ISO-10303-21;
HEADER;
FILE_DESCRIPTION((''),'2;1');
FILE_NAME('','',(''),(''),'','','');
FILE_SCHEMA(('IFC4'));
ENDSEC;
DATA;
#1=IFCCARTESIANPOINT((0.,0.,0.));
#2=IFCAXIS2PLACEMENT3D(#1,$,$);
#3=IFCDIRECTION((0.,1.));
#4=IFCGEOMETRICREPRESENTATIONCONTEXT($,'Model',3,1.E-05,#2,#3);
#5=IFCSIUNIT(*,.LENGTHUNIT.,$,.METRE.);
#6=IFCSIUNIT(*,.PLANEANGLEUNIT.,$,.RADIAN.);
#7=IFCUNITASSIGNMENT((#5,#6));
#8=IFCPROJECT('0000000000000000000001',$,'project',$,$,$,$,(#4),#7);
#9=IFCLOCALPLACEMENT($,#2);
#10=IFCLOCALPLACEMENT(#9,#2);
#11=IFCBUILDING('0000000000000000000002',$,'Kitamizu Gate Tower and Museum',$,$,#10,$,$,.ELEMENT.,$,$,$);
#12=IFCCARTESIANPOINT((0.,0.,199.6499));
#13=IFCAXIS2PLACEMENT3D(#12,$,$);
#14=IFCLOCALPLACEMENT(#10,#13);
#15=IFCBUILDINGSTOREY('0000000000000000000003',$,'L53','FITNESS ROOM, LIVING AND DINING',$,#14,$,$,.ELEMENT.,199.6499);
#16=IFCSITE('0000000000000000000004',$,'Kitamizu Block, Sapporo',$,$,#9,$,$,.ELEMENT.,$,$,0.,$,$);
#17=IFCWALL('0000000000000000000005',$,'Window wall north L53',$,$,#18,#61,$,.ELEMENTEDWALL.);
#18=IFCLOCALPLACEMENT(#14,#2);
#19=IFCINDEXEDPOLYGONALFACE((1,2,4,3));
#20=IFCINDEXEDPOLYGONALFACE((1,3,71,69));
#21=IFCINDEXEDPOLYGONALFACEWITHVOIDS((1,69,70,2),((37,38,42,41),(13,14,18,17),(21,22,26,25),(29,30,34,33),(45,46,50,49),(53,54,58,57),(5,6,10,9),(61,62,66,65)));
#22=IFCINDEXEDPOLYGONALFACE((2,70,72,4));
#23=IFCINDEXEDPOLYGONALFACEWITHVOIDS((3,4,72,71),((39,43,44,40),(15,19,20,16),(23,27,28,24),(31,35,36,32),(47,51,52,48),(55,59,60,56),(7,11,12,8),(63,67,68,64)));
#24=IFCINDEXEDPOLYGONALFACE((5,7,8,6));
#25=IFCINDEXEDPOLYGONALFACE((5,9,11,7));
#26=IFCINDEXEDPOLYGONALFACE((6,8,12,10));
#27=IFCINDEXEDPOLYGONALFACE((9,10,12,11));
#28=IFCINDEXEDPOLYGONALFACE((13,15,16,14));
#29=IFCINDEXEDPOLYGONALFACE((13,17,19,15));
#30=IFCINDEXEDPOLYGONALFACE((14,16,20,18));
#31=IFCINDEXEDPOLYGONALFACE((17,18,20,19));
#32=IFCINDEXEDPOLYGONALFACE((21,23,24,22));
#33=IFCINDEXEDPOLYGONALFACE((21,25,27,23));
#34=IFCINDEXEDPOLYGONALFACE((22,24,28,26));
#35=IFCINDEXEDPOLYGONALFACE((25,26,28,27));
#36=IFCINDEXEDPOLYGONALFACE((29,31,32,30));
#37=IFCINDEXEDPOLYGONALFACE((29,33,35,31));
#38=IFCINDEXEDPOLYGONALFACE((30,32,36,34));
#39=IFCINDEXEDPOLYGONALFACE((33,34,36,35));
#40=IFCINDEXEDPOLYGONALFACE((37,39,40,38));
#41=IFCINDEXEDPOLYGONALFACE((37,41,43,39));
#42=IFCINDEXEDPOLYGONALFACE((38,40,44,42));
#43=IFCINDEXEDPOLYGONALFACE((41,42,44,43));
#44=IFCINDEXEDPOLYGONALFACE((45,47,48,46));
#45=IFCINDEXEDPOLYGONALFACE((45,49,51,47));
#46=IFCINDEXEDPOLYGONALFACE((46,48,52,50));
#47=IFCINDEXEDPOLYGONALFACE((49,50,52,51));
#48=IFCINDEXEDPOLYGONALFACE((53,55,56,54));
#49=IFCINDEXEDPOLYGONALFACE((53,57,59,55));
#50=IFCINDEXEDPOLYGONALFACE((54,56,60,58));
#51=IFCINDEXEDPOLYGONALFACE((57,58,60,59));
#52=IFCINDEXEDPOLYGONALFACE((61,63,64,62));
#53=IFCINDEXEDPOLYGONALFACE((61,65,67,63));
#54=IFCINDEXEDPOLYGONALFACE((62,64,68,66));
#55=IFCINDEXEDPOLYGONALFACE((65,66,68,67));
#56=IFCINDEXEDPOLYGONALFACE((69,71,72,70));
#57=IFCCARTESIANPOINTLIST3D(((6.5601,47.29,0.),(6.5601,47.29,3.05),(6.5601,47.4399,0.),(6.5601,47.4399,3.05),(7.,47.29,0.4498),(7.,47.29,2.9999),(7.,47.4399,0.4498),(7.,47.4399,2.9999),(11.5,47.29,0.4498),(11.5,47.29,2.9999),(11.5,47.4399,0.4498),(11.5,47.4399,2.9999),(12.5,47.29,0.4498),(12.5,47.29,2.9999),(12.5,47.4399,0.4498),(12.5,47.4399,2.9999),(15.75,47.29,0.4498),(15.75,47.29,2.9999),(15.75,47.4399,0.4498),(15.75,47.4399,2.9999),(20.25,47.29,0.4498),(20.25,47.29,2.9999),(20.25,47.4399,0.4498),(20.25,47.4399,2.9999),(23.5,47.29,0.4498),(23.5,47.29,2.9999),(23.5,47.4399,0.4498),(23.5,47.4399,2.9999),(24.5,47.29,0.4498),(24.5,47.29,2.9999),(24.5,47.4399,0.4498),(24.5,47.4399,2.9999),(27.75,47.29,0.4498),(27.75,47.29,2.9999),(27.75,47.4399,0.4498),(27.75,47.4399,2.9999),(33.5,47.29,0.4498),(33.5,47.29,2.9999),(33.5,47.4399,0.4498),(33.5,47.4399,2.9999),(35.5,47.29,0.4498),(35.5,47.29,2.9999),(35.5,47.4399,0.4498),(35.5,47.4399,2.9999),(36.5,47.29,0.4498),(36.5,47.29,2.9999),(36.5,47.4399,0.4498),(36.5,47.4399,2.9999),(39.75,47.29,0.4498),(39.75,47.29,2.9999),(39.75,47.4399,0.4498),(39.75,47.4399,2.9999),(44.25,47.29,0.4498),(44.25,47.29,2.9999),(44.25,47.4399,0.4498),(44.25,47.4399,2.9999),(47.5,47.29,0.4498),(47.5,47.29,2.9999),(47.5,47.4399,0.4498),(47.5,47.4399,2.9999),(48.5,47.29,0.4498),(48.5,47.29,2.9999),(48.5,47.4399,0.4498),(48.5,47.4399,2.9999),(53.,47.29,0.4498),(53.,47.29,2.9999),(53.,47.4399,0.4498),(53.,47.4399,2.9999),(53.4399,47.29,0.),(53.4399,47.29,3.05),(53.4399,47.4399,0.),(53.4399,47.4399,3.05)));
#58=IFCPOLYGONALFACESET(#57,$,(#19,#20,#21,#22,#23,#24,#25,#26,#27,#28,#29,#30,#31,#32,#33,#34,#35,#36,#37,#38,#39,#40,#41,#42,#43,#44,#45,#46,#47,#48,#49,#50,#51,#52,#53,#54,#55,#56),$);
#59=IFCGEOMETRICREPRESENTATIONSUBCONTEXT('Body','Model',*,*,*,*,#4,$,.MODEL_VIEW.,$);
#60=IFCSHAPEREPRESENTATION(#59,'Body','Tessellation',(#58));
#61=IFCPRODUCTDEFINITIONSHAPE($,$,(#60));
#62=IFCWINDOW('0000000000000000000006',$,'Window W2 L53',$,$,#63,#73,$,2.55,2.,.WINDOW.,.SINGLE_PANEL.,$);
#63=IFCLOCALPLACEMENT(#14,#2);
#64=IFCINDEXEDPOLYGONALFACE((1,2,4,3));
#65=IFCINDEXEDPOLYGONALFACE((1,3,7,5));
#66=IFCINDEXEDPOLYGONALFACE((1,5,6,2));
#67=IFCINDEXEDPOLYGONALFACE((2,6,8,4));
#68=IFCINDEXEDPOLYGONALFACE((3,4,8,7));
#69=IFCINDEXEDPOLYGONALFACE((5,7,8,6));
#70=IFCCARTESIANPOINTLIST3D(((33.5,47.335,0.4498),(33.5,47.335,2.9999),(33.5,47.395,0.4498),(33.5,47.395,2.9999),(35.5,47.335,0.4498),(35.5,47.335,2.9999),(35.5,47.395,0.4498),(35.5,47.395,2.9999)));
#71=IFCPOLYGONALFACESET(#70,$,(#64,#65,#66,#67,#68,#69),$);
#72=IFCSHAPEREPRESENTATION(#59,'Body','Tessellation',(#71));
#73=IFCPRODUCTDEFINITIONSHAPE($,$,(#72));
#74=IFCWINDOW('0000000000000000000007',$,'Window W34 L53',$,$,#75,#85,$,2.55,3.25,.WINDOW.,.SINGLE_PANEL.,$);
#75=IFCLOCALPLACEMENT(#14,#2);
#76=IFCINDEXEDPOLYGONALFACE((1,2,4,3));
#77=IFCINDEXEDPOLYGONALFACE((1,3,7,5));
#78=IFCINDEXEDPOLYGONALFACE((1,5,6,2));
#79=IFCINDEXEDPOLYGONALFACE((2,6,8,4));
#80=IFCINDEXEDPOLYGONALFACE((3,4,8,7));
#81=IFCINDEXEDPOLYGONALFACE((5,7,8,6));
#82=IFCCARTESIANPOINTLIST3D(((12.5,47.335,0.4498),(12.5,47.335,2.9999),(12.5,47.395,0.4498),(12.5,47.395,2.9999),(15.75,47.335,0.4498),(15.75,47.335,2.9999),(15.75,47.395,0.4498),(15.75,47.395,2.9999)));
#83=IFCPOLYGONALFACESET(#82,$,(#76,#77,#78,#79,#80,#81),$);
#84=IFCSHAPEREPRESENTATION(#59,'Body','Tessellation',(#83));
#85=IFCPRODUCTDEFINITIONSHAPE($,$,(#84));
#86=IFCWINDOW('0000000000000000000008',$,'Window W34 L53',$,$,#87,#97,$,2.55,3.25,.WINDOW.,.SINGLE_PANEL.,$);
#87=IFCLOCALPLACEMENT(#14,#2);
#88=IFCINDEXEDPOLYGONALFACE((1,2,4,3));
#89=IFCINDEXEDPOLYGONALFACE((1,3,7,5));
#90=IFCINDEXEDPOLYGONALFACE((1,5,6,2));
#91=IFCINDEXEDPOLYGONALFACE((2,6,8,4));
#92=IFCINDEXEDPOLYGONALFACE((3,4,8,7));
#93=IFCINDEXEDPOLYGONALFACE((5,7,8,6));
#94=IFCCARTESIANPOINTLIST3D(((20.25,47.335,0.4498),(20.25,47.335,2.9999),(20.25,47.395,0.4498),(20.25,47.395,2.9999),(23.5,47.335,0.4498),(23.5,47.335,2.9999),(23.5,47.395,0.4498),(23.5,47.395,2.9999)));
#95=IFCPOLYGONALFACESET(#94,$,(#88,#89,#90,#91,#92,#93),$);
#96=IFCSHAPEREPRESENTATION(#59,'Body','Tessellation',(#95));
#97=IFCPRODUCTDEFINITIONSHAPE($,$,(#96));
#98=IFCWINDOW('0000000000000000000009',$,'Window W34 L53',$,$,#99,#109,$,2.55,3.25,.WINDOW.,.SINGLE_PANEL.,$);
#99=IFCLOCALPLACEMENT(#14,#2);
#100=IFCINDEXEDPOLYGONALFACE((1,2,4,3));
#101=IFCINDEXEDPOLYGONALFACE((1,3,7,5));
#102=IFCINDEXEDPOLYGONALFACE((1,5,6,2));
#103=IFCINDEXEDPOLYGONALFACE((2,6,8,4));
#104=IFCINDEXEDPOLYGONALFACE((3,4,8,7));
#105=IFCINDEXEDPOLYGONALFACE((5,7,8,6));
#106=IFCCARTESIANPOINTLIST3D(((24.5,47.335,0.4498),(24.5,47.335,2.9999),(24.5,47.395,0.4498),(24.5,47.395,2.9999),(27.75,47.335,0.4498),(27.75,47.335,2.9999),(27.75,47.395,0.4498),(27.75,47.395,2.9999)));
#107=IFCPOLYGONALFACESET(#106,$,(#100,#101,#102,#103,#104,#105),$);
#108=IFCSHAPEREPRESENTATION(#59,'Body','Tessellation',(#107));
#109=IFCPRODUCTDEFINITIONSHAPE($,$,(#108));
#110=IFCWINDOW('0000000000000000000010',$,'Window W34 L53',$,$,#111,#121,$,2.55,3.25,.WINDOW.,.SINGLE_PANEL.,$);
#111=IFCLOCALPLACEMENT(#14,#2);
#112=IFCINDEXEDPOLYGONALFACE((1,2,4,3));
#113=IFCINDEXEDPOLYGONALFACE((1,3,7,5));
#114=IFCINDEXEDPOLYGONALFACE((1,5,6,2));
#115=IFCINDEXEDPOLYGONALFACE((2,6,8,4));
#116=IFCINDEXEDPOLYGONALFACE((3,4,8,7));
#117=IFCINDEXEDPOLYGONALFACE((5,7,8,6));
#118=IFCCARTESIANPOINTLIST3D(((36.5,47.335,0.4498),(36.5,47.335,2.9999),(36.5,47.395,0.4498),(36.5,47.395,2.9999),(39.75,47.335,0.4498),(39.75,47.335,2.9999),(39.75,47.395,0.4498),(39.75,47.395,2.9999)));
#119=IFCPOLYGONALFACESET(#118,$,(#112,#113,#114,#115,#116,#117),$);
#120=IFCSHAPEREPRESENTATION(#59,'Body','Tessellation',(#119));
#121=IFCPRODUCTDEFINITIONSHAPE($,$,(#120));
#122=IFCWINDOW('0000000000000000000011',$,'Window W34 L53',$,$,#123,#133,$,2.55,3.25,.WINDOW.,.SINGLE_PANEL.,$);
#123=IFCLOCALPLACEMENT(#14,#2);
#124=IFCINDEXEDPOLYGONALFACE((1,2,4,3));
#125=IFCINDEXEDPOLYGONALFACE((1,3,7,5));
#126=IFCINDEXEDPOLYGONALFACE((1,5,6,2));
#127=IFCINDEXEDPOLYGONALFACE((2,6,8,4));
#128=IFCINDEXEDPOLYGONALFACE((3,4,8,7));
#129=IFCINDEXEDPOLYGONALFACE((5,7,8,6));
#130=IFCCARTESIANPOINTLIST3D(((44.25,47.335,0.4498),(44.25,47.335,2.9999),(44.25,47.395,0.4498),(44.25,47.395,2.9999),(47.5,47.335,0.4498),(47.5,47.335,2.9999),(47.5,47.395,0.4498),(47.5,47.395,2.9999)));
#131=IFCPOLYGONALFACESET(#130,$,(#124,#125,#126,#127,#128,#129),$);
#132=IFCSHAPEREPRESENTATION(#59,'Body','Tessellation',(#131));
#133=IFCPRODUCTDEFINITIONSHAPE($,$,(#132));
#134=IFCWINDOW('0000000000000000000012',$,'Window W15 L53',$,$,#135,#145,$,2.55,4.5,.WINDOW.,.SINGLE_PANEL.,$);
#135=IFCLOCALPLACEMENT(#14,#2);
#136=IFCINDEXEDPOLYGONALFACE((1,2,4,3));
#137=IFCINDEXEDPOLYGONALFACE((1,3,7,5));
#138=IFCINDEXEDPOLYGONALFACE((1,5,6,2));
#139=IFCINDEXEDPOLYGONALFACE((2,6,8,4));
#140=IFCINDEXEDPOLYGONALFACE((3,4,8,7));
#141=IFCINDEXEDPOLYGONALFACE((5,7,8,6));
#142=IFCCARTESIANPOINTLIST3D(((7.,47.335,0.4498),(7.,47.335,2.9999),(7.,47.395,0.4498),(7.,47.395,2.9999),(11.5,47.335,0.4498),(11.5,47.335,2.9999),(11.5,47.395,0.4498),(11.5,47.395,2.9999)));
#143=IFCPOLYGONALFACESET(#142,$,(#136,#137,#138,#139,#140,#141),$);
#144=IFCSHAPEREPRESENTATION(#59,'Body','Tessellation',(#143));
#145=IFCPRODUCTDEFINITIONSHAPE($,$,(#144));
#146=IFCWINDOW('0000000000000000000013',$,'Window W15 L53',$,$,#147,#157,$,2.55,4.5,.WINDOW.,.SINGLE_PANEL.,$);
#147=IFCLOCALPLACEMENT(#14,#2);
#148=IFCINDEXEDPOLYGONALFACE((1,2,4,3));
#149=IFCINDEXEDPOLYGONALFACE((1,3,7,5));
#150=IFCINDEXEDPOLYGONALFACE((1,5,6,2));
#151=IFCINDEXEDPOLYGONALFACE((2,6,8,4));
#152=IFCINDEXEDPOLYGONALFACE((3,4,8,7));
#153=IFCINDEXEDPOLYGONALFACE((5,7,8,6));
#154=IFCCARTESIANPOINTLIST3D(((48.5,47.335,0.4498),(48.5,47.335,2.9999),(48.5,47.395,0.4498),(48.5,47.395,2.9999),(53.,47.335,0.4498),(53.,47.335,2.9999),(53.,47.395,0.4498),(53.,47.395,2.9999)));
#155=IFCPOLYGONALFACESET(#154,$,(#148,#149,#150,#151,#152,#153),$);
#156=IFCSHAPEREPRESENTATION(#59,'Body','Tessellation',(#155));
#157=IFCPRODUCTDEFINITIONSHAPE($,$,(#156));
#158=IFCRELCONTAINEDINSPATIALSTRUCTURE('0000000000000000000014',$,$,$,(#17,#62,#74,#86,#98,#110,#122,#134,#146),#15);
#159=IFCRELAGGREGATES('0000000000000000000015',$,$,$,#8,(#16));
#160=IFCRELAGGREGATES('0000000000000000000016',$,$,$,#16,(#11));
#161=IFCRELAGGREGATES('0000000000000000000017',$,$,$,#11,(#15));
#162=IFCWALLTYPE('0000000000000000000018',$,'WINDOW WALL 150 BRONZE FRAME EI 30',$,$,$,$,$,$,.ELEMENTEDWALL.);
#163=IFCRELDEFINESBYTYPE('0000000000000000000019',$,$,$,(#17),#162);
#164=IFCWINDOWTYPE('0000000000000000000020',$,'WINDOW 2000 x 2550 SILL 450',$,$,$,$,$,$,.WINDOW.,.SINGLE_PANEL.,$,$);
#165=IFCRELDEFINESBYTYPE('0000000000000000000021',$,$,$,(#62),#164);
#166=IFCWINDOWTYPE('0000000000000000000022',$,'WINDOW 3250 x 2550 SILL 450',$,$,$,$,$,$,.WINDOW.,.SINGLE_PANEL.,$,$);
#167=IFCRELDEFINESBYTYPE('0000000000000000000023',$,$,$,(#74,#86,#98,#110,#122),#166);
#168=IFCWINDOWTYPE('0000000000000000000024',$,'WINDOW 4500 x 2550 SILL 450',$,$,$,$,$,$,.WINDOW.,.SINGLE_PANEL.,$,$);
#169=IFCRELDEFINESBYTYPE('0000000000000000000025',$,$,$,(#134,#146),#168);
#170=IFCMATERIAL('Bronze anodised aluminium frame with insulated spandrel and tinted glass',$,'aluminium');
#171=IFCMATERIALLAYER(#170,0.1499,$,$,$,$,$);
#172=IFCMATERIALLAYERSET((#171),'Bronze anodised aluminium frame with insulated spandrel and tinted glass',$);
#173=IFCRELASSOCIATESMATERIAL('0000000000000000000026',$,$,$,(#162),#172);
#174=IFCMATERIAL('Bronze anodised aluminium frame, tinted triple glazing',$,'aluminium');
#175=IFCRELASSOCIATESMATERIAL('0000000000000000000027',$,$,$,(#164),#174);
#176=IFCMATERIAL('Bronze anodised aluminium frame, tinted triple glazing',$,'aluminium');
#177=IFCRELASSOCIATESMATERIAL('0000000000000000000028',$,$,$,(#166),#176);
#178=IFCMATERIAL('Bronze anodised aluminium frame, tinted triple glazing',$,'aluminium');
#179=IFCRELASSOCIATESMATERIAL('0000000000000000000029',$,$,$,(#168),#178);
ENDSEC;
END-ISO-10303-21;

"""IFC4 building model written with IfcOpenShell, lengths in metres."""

from ifc_helpers import new_model, si_unit, direction, frame, frame_2d, origin, place, context, subcontext, project, spatial, rectangle, extrude, material, layer, layer_set, type_object, element, fill, save


model = new_model("IFC4")

# Units and contexts
model_context = context("Model", 3, precision=1e-05, world=origin(), true_north=direction((0.0, 1.0)))
body_context = subcontext(model_context, "Body", "Model", "MODEL_VIEW")
ifc_project = project(units=[si_unit("LENGTHUNIT", "METRE"), si_unit("PLANEANGLEUNIT", "RADIAN")], contexts=[model_context])

# Site, building, storey
site_placement = place(None, origin())
site = spatial("IfcSite", under=ifc_project, at=site_placement, Name="Kitamizu Block, Sapporo", CompositionType="ELEMENT", RefElevation=0.0)
building_placement = place(site_placement, origin())
building = spatial("IfcBuilding", under=site, at=building_placement, Name="Kitamizu Gate Tower and Museum", CompositionType="ELEMENT")
storey_placement = place(building_placement, frame((0.0, 0.0, 199.6499)))
storey = spatial("IfcBuildingStorey", under=building, at=storey_placement, Name="L53", Description="FITNESS ROOM, LIVING AND DINING", CompositionType="ELEMENT", Elevation=199.6499)

# Wall, openings, windows
ifc_material_1 = material(Name="Bronze anodised aluminium frame with insulated spandrel and tinted glass", Category="aluminium")
ifc_layer_1 = layer(ifc_material_1, 0.1499)
ifc_layer_set_1 = layer_set([ifc_layer_1], Name="Bronze anodised aluminium frame with insulated spandrel and tinted glass")
wall_type_1 = type_object("IfcWallType", Name="WINDOW WALL 150 BRONZE FRAME EI 30", PredefinedType="ELEMENTEDWALL", material=ifc_layer_set_1)
wall_1_placement = place(storey_placement, frame((6.5601, 47.365, 0.0), z_axis=(0.0, 0.0, 1.0), x_axis=(1.0, 0.0, 0.0)))
wall_1 = element("IfcWall", 1, at=wall_1_placement, inside=storey, type_object=wall_type_1, Name="Window wall north L53", PredefinedType="ELEMENTEDWALL", context=body_context, shape_type="SweptSolid", body=[
    extrude(rectangle(XDim=46.8799, YDim=0.1499, at=frame_2d((23.4399, 0.0))), origin(), (0.0, 0.0, 1.0), 3.05),
])
opening_1_placement = place(wall_1_placement, frame((0.4399, 0.0, 0.45)))
opening_1 = element("IfcOpeningElement", 2, at=opening_1_placement, cuts=wall_1, PredefinedType="OPENING", context=body_context, shape_type="SweptSolid", body=[
    extrude(rectangle(XDim=4.5, YDim=2.55, at=frame_2d((2.25, 1.2749))), frame((0.0, 0.085, 0.0), z_axis=(0.0, -1.0, 0.0), x_axis=(1.0, 0.0, 0.0)), (0.0, 0.0, 1.0), 0.1699),
])
opening_2_placement = place(wall_1_placement, frame((5.9399, 0.0, 0.45)))
opening_2 = element("IfcOpeningElement", 3, at=opening_2_placement, cuts=wall_1, PredefinedType="OPENING", context=body_context, shape_type="SweptSolid", body=[
    extrude(rectangle(XDim=3.25, YDim=2.55, at=frame_2d((1.625, 1.2749))), frame((0.0, 0.085, 0.0), z_axis=(0.0, -1.0, 0.0), x_axis=(1.0, 0.0, 0.0)), (0.0, 0.0, 1.0), 0.1699),
])
opening_3_placement = place(wall_1_placement, frame((13.6899, 0.0, 0.45)))
opening_3 = element("IfcOpeningElement", 4, at=opening_3_placement, cuts=wall_1, PredefinedType="OPENING", context=body_context, shape_type="SweptSolid", body=[
    extrude(rectangle(XDim=3.25, YDim=2.55, at=frame_2d((1.625, 1.2749))), frame((0.0, 0.085, 0.0), z_axis=(0.0, -1.0, 0.0), x_axis=(1.0, 0.0, 0.0)), (0.0, 0.0, 1.0), 0.1699),
])
opening_4_placement = place(wall_1_placement, frame((17.9399, 0.0, 0.45)))
opening_4 = element("IfcOpeningElement", 5, at=opening_4_placement, cuts=wall_1, PredefinedType="OPENING", context=body_context, shape_type="SweptSolid", body=[
    extrude(rectangle(XDim=3.25, YDim=2.55, at=frame_2d((1.625, 1.2749))), frame((0.0, 0.085, 0.0), z_axis=(0.0, -1.0, 0.0), x_axis=(1.0, 0.0, 0.0)), (0.0, 0.0, 1.0), 0.1699),
])
opening_5_placement = place(wall_1_placement, frame((26.9399, 0.0, 0.45)))
opening_5 = element("IfcOpeningElement", 6, at=opening_5_placement, cuts=wall_1, PredefinedType="OPENING", context=body_context, shape_type="SweptSolid", body=[
    extrude(rectangle(XDim=2.0, YDim=2.55, at=frame_2d((1.0, 1.2749))), frame((0.0, 0.085, 0.0), z_axis=(0.0, -1.0, 0.0), x_axis=(1.0, 0.0, 0.0)), (0.0, 0.0, 1.0), 0.1699),
])
opening_6_placement = place(wall_1_placement, frame((29.9399, 0.0, 0.45)))
opening_6 = element("IfcOpeningElement", 7, at=opening_6_placement, cuts=wall_1, PredefinedType="OPENING", context=body_context, shape_type="SweptSolid", body=[
    extrude(rectangle(XDim=3.25, YDim=2.55, at=frame_2d((1.625, 1.2749))), frame((0.0, 0.085, 0.0), z_axis=(0.0, -1.0, 0.0), x_axis=(1.0, 0.0, 0.0)), (0.0, 0.0, 1.0), 0.1699),
])
opening_7_placement = place(wall_1_placement, frame((37.6899, 0.0, 0.45)))
opening_7 = element("IfcOpeningElement", 8, at=opening_7_placement, cuts=wall_1, PredefinedType="OPENING", context=body_context, shape_type="SweptSolid", body=[
    extrude(rectangle(XDim=3.25, YDim=2.55, at=frame_2d((1.625, 1.2749))), frame((0.0, 0.085, 0.0), z_axis=(0.0, -1.0, 0.0), x_axis=(1.0, 0.0, 0.0)), (0.0, 0.0, 1.0), 0.1699),
])
opening_8_placement = place(wall_1_placement, frame((41.9399, 0.0, 0.45)))
opening_8 = element("IfcOpeningElement", 9, at=opening_8_placement, cuts=wall_1, PredefinedType="OPENING", context=body_context, shape_type="SweptSolid", body=[
    extrude(rectangle(XDim=4.5, YDim=2.55, at=frame_2d((2.25, 1.2749))), frame((0.0, 0.085, 0.0), z_axis=(0.0, -1.0, 0.0), x_axis=(1.0, 0.0, 0.0)), (0.0, 0.0, 1.0), 0.1699),
])
ifc_material_2 = material(Name="Bronze anodised aluminium frame, tinted triple glazing", Category="aluminium")
window_type_1 = type_object("IfcWindowType", Name="WINDOW 2000 x 2550 SILL 450", PartitioningType="SINGLE_PANEL", PredefinedType="WINDOW", material=ifc_material_2)
window_1_placement = place(opening_5_placement, origin())
window_1 = element("IfcWindow", 10, at=window_1_placement, inside=storey, type_object=window_type_1, Name="Window W2 L53", OverallHeight=2.55, OverallWidth=2.0, PartitioningType="SINGLE_PANEL", PredefinedType="WINDOW", context=body_context, shape_type="SweptSolid", body=[
    extrude(rectangle(XDim=2.0, YDim=2.55, at=frame_2d((1.0, 1.2749))), frame((0.0, 0.03, 0.0), z_axis=(0.0, -1.0, 0.0), x_axis=(1.0, 0.0, 0.0)), (0.0, 0.0, 1.0), 0.0601),
])
fill(opening_5, window_1)
ifc_material_3 = material(Name="Bronze anodised aluminium frame, tinted triple glazing", Category="aluminium")
window_type_2 = type_object("IfcWindowType", Name="WINDOW 3250 x 2550 SILL 450", PartitioningType="SINGLE_PANEL", PredefinedType="WINDOW", material=ifc_material_3)
window_2_placement = place(opening_2_placement, origin())
window_2 = element("IfcWindow", 11, at=window_2_placement, inside=storey, type_object=window_type_2, Name="Window W34 L53", OverallHeight=2.55, OverallWidth=3.25, PartitioningType="SINGLE_PANEL", PredefinedType="WINDOW", context=body_context, shape_type="SweptSolid", body=[
    extrude(rectangle(XDim=3.25, YDim=2.55, at=frame_2d((1.625, 1.2749))), frame((0.0, 0.03, 0.0), z_axis=(0.0, -1.0, 0.0), x_axis=(1.0, 0.0, 0.0)), (0.0, 0.0, 1.0), 0.0601),
])
fill(opening_2, window_2)
window_3_placement = place(opening_3_placement, origin())
window_3 = element("IfcWindow", 12, at=window_3_placement, inside=storey, type_object=window_type_2, Name="Window W34 L53", OverallHeight=2.55, OverallWidth=3.25, PartitioningType="SINGLE_PANEL", PredefinedType="WINDOW", context=body_context, shape_type="SweptSolid", body=[
    extrude(rectangle(XDim=3.25, YDim=2.55, at=frame_2d((1.625, 1.2749))), frame((0.0, 0.03, 0.0), z_axis=(0.0, -1.0, 0.0), x_axis=(1.0, 0.0, 0.0)), (0.0, 0.0, 1.0), 0.0601),
])
fill(opening_3, window_3)
window_4_placement = place(opening_4_placement, origin())
window_4 = element("IfcWindow", 13, at=window_4_placement, inside=storey, type_object=window_type_2, Name="Window W34 L53", OverallHeight=2.55, OverallWidth=3.25, PartitioningType="SINGLE_PANEL", PredefinedType="WINDOW", context=body_context, shape_type="SweptSolid", body=[
    extrude(rectangle(XDim=3.25, YDim=2.55, at=frame_2d((1.625, 1.2749))), frame((0.0, 0.03, 0.0), z_axis=(0.0, -1.0, 0.0), x_axis=(1.0, 0.0, 0.0)), (0.0, 0.0, 1.0), 0.0601),
])
fill(opening_4, window_4)
window_5_placement = place(opening_6_placement, origin())
window_5 = element("IfcWindow", 14, at=window_5_placement, inside=storey, type_object=window_type_2, Name="Window W34 L53", OverallHeight=2.55, OverallWidth=3.25, PartitioningType="SINGLE_PANEL", PredefinedType="WINDOW", context=body_context, shape_type="SweptSolid", body=[
    extrude(rectangle(XDim=3.25, YDim=2.55, at=frame_2d((1.625, 1.2749))), frame((0.0, 0.03, 0.0), z_axis=(0.0, -1.0, 0.0), x_axis=(1.0, 0.0, 0.0)), (0.0, 0.0, 1.0), 0.0601),
])
fill(opening_6, window_5)
window_6_placement = place(opening_7_placement, origin())
window_6 = element("IfcWindow", 15, at=window_6_placement, inside=storey, type_object=window_type_2, Name="Window W34 L53", OverallHeight=2.55, OverallWidth=3.25, PartitioningType="SINGLE_PANEL", PredefinedType="WINDOW", context=body_context, shape_type="SweptSolid", body=[
    extrude(rectangle(XDim=3.25, YDim=2.55, at=frame_2d((1.625, 1.2749))), frame((0.0, 0.03, 0.0), z_axis=(0.0, -1.0, 0.0), x_axis=(1.0, 0.0, 0.0)), (0.0, 0.0, 1.0), 0.0601),
])
fill(opening_7, window_6)
ifc_material_4 = material(Name="Bronze anodised aluminium frame, tinted triple glazing", Category="aluminium")
window_type_3 = type_object("IfcWindowType", Name="WINDOW 4500 x 2550 SILL 450", PartitioningType="SINGLE_PANEL", PredefinedType="WINDOW", material=ifc_material_4)
window_7_placement = place(opening_1_placement, origin())
window_7 = element("IfcWindow", 16, at=window_7_placement, inside=storey, type_object=window_type_3, Name="Window W15 L53", OverallHeight=2.55, OverallWidth=4.5, PartitioningType="SINGLE_PANEL", PredefinedType="WINDOW", context=body_context, shape_type="SweptSolid", body=[
    extrude(rectangle(XDim=4.5, YDim=2.55, at=frame_2d((2.25, 1.2749))), frame((0.0, 0.03, 0.0), z_axis=(0.0, -1.0, 0.0), x_axis=(1.0, 0.0, 0.0)), (0.0, 0.0, 1.0), 0.0601),
])
fill(opening_1, window_7)
window_8_placement = place(opening_8_placement, origin())
window_8 = element("IfcWindow", 17, at=window_8_placement, inside=storey, type_object=window_type_3, Name="Window W15 L53", OverallHeight=2.55, OverallWidth=4.5, PartitioningType="SINGLE_PANEL", PredefinedType="WINDOW", context=body_context, shape_type="SweptSolid", body=[
    extrude(rectangle(XDim=4.5, YDim=2.55, at=frame_2d((2.25, 1.2749))), frame((0.0, 0.03, 0.0), z_axis=(0.0, -1.0, 0.0), x_axis=(1.0, 0.0, 0.0)), (0.0, 0.0, 1.0), 0.0601),
])
fill(opening_8, window_8)

save(model, "model.ifc")
